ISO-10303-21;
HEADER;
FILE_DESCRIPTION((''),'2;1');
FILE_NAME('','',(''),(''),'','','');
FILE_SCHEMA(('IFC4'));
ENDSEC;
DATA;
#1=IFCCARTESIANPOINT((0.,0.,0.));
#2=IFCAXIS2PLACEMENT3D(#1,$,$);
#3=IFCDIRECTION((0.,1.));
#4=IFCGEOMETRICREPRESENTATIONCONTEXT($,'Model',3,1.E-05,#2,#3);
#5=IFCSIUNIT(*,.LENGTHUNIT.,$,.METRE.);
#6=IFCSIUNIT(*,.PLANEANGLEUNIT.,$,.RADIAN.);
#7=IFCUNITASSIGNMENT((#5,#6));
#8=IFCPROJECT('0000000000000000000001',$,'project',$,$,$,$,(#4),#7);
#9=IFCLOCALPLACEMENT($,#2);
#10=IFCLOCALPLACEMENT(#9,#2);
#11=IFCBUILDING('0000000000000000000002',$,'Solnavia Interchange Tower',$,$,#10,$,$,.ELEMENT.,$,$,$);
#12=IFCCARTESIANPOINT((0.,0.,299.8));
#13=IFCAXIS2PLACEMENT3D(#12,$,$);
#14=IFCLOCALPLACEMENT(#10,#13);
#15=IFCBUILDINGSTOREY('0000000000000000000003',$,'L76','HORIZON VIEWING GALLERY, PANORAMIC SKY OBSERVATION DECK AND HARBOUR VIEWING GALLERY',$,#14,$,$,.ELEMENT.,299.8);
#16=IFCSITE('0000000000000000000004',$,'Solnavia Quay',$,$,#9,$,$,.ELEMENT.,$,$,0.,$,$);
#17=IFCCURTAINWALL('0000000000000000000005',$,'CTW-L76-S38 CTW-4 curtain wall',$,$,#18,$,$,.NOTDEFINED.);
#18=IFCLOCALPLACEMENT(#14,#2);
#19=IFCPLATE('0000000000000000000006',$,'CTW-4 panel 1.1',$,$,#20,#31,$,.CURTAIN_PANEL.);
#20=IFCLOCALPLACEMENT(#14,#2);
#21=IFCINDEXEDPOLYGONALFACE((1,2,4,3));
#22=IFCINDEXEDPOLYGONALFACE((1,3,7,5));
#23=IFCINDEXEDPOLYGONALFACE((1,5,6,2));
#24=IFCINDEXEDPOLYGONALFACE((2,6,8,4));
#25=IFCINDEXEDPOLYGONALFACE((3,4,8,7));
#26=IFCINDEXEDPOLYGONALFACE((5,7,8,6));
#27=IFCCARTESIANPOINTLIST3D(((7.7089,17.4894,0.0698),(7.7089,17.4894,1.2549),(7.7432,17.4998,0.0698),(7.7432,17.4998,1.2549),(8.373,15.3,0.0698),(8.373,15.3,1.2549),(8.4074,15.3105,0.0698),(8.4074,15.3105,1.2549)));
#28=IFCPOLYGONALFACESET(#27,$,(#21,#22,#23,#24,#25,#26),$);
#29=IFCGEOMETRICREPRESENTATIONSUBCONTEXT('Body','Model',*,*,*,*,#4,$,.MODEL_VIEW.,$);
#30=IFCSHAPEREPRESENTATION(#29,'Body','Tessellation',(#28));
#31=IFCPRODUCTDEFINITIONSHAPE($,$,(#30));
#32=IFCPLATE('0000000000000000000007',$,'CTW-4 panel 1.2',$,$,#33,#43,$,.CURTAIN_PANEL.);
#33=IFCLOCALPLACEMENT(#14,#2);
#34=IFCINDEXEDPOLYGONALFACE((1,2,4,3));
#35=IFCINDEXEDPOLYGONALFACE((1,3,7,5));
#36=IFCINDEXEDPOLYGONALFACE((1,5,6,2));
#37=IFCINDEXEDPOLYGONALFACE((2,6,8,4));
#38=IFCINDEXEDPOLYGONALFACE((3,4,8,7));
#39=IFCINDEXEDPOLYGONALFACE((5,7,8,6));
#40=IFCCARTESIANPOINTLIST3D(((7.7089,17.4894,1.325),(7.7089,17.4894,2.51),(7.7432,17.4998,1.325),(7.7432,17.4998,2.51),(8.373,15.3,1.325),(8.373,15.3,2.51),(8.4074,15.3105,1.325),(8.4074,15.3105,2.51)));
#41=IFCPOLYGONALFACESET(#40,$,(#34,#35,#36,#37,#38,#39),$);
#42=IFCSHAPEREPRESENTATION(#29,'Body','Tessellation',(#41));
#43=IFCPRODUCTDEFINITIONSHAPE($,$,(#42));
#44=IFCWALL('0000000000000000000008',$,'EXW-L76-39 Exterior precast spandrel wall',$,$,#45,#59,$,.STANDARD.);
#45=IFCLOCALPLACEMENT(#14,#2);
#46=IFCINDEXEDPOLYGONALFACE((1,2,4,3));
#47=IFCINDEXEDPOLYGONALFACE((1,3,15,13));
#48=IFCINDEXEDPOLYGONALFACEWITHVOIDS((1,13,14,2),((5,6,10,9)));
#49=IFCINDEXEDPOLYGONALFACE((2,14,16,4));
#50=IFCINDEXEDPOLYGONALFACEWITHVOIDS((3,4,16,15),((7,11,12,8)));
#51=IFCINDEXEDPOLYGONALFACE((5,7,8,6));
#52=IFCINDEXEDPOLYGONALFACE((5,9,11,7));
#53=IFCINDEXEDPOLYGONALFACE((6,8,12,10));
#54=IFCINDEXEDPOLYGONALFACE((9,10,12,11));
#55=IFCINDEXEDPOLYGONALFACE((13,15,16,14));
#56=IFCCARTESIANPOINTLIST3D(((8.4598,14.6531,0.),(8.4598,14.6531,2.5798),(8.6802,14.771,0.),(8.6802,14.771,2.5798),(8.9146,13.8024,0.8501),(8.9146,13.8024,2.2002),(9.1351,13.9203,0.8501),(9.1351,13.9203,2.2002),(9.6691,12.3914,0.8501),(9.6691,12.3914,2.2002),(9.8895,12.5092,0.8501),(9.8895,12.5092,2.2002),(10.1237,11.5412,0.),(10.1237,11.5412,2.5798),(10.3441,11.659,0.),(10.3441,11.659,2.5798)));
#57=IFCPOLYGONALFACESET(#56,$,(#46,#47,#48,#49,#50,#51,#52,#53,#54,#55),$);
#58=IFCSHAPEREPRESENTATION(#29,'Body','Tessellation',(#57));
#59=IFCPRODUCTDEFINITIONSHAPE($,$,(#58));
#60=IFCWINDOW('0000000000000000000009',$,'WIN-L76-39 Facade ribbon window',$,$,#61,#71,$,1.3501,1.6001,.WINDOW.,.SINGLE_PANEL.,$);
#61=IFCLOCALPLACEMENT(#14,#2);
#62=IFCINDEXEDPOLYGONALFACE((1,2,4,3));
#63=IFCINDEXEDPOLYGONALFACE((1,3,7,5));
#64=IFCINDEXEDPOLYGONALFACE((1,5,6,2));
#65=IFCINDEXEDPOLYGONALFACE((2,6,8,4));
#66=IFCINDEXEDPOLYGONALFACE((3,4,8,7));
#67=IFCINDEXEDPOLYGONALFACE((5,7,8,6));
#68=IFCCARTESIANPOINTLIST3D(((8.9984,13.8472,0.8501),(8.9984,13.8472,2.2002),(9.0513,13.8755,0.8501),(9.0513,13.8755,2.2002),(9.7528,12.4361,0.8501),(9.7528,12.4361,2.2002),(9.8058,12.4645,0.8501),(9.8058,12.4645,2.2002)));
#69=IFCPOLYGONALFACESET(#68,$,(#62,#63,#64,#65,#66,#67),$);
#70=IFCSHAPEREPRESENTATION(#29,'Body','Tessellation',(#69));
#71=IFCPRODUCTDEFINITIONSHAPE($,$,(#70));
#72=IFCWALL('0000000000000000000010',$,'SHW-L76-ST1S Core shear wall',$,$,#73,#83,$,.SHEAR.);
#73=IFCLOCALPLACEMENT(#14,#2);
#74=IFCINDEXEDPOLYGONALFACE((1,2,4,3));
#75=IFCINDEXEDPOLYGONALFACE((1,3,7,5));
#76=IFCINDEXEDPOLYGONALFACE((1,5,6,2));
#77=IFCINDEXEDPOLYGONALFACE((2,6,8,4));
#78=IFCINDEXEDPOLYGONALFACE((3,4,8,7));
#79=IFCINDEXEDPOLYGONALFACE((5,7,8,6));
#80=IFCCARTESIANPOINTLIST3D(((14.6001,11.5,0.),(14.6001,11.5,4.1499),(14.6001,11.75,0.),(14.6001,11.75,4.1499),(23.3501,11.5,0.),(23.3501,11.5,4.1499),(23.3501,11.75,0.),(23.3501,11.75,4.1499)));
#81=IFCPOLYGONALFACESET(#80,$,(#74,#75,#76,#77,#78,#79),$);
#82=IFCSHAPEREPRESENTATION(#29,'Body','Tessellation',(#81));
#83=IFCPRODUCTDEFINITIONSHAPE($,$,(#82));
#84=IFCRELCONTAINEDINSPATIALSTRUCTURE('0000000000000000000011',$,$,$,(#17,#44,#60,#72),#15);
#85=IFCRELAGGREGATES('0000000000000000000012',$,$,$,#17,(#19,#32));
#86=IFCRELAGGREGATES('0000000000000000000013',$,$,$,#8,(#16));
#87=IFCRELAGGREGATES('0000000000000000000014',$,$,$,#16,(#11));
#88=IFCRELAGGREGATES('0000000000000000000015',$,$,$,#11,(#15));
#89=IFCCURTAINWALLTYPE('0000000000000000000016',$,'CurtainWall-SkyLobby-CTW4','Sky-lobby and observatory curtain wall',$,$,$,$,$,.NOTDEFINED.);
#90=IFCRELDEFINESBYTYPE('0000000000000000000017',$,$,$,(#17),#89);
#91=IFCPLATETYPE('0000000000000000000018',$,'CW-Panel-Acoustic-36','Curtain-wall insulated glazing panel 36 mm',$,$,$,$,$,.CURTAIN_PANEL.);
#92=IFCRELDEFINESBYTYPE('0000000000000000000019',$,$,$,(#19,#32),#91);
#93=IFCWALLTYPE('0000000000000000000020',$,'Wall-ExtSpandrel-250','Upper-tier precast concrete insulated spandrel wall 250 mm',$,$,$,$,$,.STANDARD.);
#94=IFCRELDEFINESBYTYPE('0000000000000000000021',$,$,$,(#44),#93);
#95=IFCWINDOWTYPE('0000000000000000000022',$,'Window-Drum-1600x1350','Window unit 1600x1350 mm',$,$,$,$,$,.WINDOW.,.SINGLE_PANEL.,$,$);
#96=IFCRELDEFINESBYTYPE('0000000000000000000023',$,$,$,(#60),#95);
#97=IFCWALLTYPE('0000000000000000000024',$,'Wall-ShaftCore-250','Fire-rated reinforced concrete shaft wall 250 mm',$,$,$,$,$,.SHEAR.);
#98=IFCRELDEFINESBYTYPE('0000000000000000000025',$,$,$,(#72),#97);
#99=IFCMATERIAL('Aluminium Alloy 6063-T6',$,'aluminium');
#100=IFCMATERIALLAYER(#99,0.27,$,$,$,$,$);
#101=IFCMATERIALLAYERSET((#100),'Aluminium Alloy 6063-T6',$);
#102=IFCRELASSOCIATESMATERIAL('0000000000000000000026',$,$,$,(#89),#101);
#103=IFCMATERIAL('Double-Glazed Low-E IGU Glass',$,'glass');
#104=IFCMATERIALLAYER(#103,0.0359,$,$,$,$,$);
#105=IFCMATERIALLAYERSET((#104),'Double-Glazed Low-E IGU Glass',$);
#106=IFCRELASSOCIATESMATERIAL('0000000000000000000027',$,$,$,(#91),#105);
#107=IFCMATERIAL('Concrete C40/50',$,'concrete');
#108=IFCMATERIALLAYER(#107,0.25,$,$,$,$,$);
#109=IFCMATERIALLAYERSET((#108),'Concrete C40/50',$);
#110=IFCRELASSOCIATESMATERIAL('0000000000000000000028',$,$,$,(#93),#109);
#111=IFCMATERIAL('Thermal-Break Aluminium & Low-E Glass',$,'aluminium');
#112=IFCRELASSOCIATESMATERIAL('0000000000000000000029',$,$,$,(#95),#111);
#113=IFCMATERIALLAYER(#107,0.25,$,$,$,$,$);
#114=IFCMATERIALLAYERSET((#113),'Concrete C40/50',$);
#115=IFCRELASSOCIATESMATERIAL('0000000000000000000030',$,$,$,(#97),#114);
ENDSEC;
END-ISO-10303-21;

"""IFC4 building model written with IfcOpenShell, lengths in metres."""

from ifc_helpers import new_model, si_unit, direction, frame, frame_2d, origin, origin_2d, place, context, subcontext, project, spatial, rectangle, extrude, material, layer, layer_set, type_object, element, fill, aggregate, save


model = new_model("IFC4")

# Units and contexts
model_context = context("Model", 3, precision=1e-05, world=origin(), true_north=direction((0.0, 1.0)))
body_context = subcontext(model_context, "Body", "Model", "MODEL_VIEW")
ifc_project = project(units=[si_unit("LENGTHUNIT", "METRE"), si_unit("PLANEANGLEUNIT", "RADIAN")], contexts=[model_context])

# Site, building, storey
site_placement = place(None, origin())
site = spatial("IfcSite", under=ifc_project, at=site_placement, Name="Solnavia Quay", CompositionType="ELEMENT", RefElevation=0.0)
building_placement = place(site_placement, origin())
building = spatial("IfcBuilding", under=site, at=building_placement, Name="Solnavia Interchange Tower", CompositionType="ELEMENT")
storey_placement = place(building_placement, frame((0.0, 0.0, 299.8)))
storey = spatial("IfcBuildingStorey", under=building, at=storey_placement, Name="L76", Description="HORIZON VIEWING GALLERY, PANORAMIC SKY OBSERVATION DECK AND HARBOUR VIEWING GALLERY", CompositionType="ELEMENT", Elevation=299.8)

# Curtain wall
ifc_material_1 = material(Name="Aluminium Alloy 6063-T6", Category="aluminium")
ifc_layer_1 = layer(ifc_material_1, 0.27)
ifc_layer_set_1 = layer_set([ifc_layer_1], Name="Aluminium Alloy 6063-T6")
curtain_wall_type = type_object("IfcCurtainWallType", Name="CurtainWall-SkyLobby-CTW4", Description="Sky-lobby and observatory curtain wall", PredefinedType="NOTDEFINED", material=ifc_layer_set_1)
curtain_wall_1_placement = place(storey_placement, origin())
curtain_wall_1 = element("IfcCurtainWall", 1, at=curtain_wall_1_placement, inside=storey, type_object=curtain_wall_type, Name="CTW-L76-S38 CTW-4 curtain wall", PredefinedType="NOTDEFINED")

# Plates
ifc_material_2 = material(Name="Double-Glazed Low-E IGU Glass", Category="glass")
ifc_layer_2 = layer(ifc_material_2, 0.0359)
ifc_layer_set_2 = layer_set([ifc_layer_2], Name="Double-Glazed Low-E IGU Glass")
plate_type = type_object("IfcPlateType", Name="CW-Panel-Acoustic-36", Description="Curtain-wall insulated glazing panel 36 mm", PredefinedType="CURTAIN_PANEL", material=ifc_layer_set_2)
plate_1_placement = place(storey_placement, frame((8.0581, 16.3999, 0.0698), z_axis=(0.0, 0.0, 1.0), x_axis=(0.2903, -0.956936, 0.0)))
plate_1 = element("IfcPlate", 2, at=plate_1_placement, type_object=plate_type, Name="CTW-4 panel 1.1", PredefinedType="CURTAIN_PANEL", context=body_context, shape_type="SweptSolid", body=[
    extrude(rectangle(XDim=2.2878, YDim=0.0359, at=origin_2d()), origin(), (0.0, 0.0, 1.0), 1.1851),
])
plate_2_placement = place(storey_placement, frame((8.0581, 16.3999, 1.325), z_axis=(0.0, 0.0, 1.0), x_axis=(0.2903, -0.956936, 0.0)))
plate_2 = element("IfcPlate", 3, at=plate_2_placement, type_object=plate_type, Name="CTW-4 panel 1.2", PredefinedType="CURTAIN_PANEL", context=body_context, shape_type="SweptSolid", body=[
    extrude(rectangle(XDim=2.2878, YDim=0.0359, at=origin_2d()), origin(), (0.0, 0.0, 1.0), 1.1851),
])
aggregate(curtain_wall_1, [plate_1, plate_2])

# Wall, opening, window
ifc_material_3 = material(Name="Concrete C40/50", Category="concrete")
ifc_layer_3 = layer(ifc_material_3, 0.25)
ifc_layer_set_3 = layer_set([ifc_layer_3], Name="Concrete C40/50")
wall_type_1 = type_object("IfcWallType", Name="Wall-ExtSpandrel-250", Description="Upper-tier precast concrete insulated spandrel wall 250 mm", PredefinedType="STANDARD", material=ifc_layer_set_3)
wall_1_placement = place(storey_placement, frame((10.2339, 11.6001, 0.0), z_axis=(0.0, 0.0, 1.0), x_axis=(-0.471511, 0.88186, 0.0)))
wall_1 = element("IfcWall", 4, at=wall_1_placement, inside=storey, type_object=wall_type_1, Name="EXW-L76-39 Exterior precast spandrel wall", PredefinedType="STANDARD", context=body_context, shape_type="SweptSolid", body=[
    extrude(rectangle(XDim=3.5288, YDim=0.25, at=frame_2d((1.7644, 0.0))), origin(), (0.0, 0.0, 1.0), 2.5798),
])
opening_placement = place(wall_1_placement, frame((0.9641, 0.0, 0.8501)))
opening = element("IfcOpeningElement", 5, at=opening_placement, cuts=wall_1, PredefinedType="OPENING", context=body_context, shape_type="SweptSolid", body=[
    extrude(rectangle(XDim=1.6001, YDim=1.3501, at=frame_2d((0.8, 0.675))), frame((0.0, 0.135, 0.0), z_axis=(0.0, -1.0, 0.0), x_axis=(1.0, 0.0, 0.0)), (0.0, 0.0, 1.0), 0.27),
])
ifc_material_4 = material(Name="Thermal-Break Aluminium & Low-E Glass", Category="aluminium")
window_type = type_object("IfcWindowType", Name="Window-Drum-1600x1350", Description="Window unit 1600x1350 mm", PartitioningType="SINGLE_PANEL", PredefinedType="WINDOW", material=ifc_material_4)
window_placement = place(opening_placement, origin())
window = element("IfcWindow", 6, at=window_placement, inside=storey, type_object=window_type, Name="WIN-L76-39 Facade ribbon window", OverallHeight=1.3501, OverallWidth=1.6001, PartitioningType="SINGLE_PANEL", PredefinedType="WINDOW", context=body_context, shape_type="SweptSolid", body=[
    extrude(rectangle(XDim=1.6001, YDim=1.3501, at=frame_2d((0.8, 0.675))), frame((0.0, 0.03, 0.0), z_axis=(0.0, -1.0, 0.0), x_axis=(1.0, 0.0, 0.0)), (0.0, 0.0, 1.0), 0.0601),
])
fill(opening, window)

# Wall
ifc_layer_4 = layer(ifc_material_3, 0.25)
ifc_layer_set_4 = layer_set([ifc_layer_4], Name="Concrete C40/50")
wall_type_2 = type_object("IfcWallType", Name="Wall-ShaftCore-250", Description="Fire-rated reinforced concrete shaft wall 250 mm", PredefinedType="SHEAR", material=ifc_layer_set_4)
wall_2_placement = place(storey_placement, frame((14.6001, 11.625, 0.0), z_axis=(0.0, 0.0, 1.0), x_axis=(1.0, 0.0, 0.0)))
element("IfcWall", 7, at=wall_2_placement, inside=storey, type_object=wall_type_2, Name="SHW-L76-ST1S Core shear wall", PredefinedType="SHEAR", context=body_context, shape_type="SweptSolid", body=[
    extrude(rectangle(XDim=8.75, YDim=0.25, at=frame_2d((4.375, 0.0))), origin(), (0.0, 0.0, 1.0), 4.1499),
])

save(model, "model.ifc")
